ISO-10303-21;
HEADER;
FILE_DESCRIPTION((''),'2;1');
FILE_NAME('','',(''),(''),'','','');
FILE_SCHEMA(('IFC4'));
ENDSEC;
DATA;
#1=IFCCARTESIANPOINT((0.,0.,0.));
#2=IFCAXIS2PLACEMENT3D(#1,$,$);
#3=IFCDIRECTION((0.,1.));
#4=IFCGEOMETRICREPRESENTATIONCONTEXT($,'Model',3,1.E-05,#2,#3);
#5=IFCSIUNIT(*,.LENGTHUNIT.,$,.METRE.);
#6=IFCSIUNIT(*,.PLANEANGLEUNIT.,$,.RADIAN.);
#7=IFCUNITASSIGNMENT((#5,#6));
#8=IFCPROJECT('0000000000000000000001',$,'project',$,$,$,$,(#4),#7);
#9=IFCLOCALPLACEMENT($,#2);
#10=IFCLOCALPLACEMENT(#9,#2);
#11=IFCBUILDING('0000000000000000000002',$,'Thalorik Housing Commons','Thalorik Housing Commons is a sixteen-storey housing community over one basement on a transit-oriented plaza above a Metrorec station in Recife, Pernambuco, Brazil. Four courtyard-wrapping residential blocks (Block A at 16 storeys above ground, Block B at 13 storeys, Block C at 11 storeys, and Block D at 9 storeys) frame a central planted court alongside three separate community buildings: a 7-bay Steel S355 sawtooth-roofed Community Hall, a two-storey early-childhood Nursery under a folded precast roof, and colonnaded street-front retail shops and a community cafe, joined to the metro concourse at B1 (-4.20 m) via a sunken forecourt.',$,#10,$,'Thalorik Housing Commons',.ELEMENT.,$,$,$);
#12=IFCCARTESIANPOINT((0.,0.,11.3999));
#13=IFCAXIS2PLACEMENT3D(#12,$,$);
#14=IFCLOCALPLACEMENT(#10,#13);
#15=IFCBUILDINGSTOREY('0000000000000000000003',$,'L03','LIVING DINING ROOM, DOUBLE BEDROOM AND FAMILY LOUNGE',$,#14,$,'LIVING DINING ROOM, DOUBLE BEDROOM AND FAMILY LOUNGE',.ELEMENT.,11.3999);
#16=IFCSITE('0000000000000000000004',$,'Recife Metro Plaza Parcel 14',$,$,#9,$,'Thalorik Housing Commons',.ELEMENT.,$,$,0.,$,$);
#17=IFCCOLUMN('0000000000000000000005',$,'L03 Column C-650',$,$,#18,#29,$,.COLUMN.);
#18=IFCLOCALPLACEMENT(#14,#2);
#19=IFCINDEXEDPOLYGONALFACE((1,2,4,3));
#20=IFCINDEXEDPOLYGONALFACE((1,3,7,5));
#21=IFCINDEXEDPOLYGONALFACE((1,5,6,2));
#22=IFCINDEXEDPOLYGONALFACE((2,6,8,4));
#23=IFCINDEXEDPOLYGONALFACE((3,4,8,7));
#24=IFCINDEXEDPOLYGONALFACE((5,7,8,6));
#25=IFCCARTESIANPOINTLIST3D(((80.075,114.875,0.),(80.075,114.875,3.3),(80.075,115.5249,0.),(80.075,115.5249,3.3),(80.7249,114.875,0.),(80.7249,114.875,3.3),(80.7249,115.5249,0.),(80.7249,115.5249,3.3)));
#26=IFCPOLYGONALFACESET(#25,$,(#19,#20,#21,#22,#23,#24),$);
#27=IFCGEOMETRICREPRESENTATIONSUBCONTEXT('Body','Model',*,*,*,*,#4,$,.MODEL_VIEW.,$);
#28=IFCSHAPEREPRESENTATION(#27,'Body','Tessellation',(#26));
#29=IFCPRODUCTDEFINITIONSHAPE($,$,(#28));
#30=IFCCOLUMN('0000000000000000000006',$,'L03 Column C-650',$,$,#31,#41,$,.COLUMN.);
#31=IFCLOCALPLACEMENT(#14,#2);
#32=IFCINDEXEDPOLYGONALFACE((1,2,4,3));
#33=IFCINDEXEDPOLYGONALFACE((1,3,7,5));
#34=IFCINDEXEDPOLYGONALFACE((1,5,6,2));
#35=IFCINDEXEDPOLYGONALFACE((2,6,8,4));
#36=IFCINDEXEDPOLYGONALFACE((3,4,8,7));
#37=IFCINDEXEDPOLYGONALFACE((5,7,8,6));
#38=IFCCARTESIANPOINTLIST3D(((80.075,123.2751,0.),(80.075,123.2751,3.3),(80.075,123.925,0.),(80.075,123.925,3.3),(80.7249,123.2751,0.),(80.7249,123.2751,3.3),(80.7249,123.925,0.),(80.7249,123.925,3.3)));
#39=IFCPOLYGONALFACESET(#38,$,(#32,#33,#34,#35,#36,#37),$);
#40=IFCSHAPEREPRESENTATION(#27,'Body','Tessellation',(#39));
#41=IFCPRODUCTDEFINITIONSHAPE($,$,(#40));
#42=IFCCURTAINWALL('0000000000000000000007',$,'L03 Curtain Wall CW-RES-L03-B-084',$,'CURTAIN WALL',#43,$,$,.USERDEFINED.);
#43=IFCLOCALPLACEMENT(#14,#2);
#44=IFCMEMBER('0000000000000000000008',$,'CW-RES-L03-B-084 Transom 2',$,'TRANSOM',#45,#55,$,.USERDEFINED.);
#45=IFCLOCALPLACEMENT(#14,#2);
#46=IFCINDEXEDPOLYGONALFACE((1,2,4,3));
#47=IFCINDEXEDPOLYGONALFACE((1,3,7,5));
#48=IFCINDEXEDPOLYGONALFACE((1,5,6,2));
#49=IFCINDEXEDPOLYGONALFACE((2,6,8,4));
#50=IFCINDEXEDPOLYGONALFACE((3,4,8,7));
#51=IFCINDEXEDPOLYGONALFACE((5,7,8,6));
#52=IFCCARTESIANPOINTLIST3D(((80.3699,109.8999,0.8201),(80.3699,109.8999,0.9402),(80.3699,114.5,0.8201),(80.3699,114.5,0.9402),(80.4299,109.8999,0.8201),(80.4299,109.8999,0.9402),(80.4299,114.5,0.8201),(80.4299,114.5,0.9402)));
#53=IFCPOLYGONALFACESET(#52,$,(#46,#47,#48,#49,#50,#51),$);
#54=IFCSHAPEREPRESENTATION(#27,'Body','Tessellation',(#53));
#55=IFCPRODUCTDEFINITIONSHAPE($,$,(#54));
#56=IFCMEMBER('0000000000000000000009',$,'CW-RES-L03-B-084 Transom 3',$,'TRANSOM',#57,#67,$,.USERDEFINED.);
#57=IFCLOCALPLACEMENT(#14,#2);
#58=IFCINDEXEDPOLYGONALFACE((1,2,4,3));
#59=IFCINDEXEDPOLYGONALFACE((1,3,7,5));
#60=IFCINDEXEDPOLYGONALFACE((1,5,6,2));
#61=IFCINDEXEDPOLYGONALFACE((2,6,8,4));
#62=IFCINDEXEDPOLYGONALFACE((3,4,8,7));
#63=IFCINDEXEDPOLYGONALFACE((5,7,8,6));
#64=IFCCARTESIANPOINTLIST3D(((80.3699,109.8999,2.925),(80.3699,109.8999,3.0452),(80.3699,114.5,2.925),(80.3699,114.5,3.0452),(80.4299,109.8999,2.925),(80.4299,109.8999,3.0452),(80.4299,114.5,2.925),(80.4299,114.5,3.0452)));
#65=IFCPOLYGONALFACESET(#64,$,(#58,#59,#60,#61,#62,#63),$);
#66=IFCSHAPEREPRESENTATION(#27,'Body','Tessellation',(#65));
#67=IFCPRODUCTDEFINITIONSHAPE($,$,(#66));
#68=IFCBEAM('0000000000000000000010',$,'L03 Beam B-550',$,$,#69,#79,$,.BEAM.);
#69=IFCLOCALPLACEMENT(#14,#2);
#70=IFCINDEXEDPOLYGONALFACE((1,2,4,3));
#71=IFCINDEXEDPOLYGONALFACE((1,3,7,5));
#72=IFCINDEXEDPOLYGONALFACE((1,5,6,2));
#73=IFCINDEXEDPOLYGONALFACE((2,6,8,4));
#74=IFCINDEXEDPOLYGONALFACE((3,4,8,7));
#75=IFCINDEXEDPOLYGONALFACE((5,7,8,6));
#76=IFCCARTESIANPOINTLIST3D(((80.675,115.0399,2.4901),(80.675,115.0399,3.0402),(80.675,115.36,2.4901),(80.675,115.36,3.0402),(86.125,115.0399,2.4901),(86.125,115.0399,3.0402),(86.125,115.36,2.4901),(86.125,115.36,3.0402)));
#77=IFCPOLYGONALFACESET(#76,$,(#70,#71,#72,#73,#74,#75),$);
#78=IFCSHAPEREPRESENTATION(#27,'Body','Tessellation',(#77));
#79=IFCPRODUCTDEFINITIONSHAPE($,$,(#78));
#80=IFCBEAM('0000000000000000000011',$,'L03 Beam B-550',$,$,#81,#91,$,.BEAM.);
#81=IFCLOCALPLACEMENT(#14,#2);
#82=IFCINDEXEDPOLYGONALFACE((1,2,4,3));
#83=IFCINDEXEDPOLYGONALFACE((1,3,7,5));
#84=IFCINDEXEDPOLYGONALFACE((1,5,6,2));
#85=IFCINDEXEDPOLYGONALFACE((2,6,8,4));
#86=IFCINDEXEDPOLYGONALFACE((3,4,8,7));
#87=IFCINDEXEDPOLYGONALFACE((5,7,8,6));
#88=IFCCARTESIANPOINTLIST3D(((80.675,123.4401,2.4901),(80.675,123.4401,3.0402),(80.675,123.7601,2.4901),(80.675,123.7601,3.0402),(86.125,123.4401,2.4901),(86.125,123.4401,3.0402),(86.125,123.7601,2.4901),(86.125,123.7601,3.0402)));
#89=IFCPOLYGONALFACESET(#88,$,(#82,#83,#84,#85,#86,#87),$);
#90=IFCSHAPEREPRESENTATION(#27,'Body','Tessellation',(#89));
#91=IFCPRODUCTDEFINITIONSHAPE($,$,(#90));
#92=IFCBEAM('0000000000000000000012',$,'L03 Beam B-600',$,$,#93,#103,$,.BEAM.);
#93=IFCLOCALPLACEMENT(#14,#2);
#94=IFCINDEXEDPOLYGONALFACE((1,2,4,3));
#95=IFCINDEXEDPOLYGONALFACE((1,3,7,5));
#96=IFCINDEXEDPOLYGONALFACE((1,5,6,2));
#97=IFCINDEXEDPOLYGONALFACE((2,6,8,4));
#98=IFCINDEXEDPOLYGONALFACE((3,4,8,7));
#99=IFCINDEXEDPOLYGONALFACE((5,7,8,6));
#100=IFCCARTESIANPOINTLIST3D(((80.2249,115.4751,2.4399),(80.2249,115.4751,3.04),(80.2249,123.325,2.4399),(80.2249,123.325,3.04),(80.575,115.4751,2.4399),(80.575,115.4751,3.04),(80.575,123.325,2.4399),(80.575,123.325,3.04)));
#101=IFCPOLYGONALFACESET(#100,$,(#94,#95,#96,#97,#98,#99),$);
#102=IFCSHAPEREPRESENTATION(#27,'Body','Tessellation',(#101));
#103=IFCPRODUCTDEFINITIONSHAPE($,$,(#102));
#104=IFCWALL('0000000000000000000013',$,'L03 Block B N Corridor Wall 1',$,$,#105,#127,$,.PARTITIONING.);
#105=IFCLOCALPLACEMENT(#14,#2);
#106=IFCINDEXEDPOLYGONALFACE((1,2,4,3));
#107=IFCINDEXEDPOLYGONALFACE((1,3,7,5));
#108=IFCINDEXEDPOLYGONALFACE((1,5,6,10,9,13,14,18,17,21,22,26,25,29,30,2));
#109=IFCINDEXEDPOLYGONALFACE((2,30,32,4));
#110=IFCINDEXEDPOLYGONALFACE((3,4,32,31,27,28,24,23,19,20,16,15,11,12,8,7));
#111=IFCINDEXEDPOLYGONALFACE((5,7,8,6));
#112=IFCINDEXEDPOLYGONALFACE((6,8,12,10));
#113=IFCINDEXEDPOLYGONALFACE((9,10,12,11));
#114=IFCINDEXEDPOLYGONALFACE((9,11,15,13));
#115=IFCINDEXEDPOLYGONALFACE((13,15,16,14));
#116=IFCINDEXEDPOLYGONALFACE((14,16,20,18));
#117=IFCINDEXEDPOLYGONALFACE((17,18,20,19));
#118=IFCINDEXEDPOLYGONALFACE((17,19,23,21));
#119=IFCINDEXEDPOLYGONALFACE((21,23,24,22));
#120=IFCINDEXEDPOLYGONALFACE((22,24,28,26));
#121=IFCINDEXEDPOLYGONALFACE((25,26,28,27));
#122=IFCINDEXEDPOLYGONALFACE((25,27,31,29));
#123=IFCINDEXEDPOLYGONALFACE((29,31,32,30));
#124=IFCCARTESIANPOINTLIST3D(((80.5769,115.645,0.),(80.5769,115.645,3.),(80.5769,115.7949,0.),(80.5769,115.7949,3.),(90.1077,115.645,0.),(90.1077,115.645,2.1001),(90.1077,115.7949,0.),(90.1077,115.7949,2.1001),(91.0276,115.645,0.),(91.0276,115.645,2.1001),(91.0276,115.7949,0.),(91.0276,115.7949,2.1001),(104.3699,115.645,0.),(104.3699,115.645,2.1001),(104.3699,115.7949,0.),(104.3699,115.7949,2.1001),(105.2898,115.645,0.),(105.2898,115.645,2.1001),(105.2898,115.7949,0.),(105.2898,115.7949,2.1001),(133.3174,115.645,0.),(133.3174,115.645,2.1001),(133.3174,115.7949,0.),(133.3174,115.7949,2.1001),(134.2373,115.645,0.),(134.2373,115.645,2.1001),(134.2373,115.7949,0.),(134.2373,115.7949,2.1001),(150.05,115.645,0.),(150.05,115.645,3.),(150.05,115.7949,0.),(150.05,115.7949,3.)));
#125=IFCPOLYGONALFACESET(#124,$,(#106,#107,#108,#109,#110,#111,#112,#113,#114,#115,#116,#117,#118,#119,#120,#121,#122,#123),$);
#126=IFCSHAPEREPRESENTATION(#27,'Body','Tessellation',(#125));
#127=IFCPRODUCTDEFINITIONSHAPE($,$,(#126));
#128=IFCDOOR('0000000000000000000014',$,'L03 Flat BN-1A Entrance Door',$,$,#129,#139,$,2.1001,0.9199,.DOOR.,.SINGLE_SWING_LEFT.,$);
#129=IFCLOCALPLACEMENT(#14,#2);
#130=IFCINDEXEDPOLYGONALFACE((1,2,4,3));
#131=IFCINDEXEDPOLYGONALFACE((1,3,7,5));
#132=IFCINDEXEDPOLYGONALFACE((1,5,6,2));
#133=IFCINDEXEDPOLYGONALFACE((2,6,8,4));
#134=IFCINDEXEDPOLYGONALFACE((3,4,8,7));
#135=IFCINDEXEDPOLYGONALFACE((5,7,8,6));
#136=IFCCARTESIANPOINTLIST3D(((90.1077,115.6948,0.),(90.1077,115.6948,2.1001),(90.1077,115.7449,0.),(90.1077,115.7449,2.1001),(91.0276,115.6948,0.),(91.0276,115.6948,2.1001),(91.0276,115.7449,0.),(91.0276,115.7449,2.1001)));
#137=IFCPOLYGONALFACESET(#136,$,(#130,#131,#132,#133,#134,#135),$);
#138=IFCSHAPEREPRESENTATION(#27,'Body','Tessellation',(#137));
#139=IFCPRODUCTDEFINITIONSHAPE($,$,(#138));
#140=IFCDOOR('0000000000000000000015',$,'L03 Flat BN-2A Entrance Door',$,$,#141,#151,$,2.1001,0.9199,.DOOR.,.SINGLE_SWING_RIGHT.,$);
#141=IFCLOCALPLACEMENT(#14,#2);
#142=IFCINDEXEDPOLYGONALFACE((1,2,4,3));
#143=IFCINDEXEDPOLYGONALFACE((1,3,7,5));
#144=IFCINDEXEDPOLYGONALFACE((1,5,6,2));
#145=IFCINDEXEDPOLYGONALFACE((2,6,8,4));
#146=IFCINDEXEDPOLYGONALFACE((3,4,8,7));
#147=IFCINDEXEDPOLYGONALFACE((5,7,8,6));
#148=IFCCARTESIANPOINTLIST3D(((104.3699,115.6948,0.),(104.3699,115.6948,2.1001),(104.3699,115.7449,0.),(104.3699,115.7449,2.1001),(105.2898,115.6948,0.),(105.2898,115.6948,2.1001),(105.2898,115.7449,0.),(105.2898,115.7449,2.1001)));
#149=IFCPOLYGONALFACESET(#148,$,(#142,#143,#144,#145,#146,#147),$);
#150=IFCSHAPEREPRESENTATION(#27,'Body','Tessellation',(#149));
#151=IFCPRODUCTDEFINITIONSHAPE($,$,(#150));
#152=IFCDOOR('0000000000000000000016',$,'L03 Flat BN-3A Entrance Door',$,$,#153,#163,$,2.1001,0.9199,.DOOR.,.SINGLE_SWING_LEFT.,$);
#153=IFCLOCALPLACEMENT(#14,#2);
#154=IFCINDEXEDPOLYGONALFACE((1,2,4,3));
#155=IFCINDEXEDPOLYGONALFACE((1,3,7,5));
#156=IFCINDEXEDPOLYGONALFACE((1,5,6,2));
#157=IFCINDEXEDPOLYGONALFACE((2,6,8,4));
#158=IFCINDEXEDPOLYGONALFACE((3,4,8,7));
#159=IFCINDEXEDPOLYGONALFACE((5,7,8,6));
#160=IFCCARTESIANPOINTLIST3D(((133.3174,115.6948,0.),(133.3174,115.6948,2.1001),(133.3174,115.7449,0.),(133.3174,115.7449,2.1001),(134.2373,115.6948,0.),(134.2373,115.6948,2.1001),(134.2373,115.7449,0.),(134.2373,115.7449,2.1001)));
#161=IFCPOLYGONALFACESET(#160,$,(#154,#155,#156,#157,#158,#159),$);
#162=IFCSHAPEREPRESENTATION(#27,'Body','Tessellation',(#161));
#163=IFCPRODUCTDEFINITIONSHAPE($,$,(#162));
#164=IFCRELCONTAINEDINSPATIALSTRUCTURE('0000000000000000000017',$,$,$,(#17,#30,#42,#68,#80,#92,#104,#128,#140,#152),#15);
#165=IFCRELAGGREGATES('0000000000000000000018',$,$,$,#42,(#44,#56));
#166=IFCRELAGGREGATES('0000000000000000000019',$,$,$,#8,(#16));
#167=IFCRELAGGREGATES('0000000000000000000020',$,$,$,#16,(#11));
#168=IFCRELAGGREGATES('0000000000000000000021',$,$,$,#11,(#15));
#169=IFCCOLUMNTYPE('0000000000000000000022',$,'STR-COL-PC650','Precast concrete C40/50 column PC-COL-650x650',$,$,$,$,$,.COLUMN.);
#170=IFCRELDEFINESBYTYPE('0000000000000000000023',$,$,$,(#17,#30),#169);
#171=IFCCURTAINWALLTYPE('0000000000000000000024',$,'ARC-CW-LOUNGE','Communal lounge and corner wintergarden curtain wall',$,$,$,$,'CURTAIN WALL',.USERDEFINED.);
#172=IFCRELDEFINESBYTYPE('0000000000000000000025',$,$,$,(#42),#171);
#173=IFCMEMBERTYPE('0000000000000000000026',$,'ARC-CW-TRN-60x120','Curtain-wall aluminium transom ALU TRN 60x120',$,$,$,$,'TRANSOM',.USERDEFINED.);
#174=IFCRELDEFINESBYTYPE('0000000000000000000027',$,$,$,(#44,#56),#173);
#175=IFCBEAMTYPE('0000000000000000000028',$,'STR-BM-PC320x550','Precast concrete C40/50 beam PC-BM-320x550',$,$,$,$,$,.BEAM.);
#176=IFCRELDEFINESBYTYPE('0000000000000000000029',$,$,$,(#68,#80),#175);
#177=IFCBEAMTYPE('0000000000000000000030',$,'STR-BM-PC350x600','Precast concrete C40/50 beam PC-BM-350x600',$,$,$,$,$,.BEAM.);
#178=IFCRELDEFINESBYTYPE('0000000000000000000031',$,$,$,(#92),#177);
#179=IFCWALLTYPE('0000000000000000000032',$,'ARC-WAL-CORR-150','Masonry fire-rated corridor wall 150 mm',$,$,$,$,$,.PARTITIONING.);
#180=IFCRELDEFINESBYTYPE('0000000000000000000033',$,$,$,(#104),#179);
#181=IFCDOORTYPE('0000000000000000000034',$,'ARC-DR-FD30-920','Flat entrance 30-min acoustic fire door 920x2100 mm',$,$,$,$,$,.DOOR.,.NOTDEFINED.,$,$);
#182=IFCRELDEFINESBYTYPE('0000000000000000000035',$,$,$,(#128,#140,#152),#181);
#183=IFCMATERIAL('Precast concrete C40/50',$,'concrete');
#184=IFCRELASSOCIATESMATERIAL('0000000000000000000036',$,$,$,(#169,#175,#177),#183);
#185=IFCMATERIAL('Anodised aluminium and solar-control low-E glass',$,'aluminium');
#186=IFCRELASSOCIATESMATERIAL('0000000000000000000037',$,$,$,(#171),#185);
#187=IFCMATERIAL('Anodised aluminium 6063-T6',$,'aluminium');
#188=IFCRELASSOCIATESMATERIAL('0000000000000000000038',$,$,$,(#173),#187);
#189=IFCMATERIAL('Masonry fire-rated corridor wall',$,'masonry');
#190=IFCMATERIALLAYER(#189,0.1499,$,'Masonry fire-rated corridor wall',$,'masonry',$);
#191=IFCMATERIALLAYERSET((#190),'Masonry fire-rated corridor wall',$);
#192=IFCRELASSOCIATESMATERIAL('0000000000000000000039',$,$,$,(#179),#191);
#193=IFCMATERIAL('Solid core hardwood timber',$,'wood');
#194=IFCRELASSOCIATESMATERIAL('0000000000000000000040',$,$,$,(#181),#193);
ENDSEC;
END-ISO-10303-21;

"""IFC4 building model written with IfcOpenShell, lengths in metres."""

from ifc_helpers import new_model, si_unit, direction, frame, frame_2d, origin, origin_2d, place, context, subcontext, project, spatial, rectangle, extrude, material, layer, layer_set, material_profile, profile_set, type_object, element, fill, aggregate, save


model = new_model("IFC4")

# Units and contexts
model_context = context("Model", 3, precision=1e-05, world=origin(), true_north=direction((0.0, 1.0)))
body_context = subcontext(model_context, "Body", "Model", "MODEL_VIEW")
ifc_project = project(units=[si_unit("LENGTHUNIT", "METRE"), si_unit("PLANEANGLEUNIT", "RADIAN")], contexts=[model_context])

# Site, building, storey
site_placement = place(None, origin())
site = spatial("IfcSite", under=ifc_project, at=site_placement, Name="Recife Metro Plaza Parcel 14", LongName="Thalorik Housing Commons", CompositionType="ELEMENT", RefElevation=0.0)
building_placement = place(site_placement, origin())
building = spatial("IfcBuilding", under=site, at=building_placement, Name="Thalorik Housing Commons", Description="Thalorik Housing Commons is a sixteen-storey housing community over one basement on a transit-oriented plaza above a Metrorec station in Recife, Pernambuco, Brazil. Four courtyard-wrapping residential blocks (Block A at 16 storeys above ground, Block B at 13 storeys, Block C at 11 storeys, and Block D at 9 storeys) frame a central planted court alongside three separate community buildings: a 7-bay Steel S355 sawtooth-roofed Community Hall, a two-storey early-childhood Nursery under a folded precast roof, and colonnaded street-front retail shops and a community cafe, joined to the metro concourse at B1 (-4.20 m) via a sunken forecourt.", LongName="Thalorik Housing Commons", CompositionType="ELEMENT")
storey_placement = place(building_placement, frame((0.0, 0.0, 11.3999)))
storey = spatial("IfcBuildingStorey", under=building, at=storey_placement, Name="L03", Description="LIVING DINING ROOM, DOUBLE BEDROOM AND FAMILY LOUNGE", LongName="LIVING DINING ROOM, DOUBLE BEDROOM AND FAMILY LOUNGE", CompositionType="ELEMENT", Elevation=11.3999)

# Columns
ifc_material_1 = material(Name="Precast concrete C40/50", Category="concrete")
ifc_material_profile_1 = material_profile(ifc_material_1, rectangle(XDim=0.6499, YDim=0.6499, at=origin_2d()), Name="PC 650x650", Category="concrete")
ifc_profile_set_1 = profile_set([ifc_material_profile_1], Name="Precast concrete C40/50")
column_type = type_object("IfcColumnType", Name="STR-COL-PC650", Description="Precast concrete C40/50 column PC-COL-650x650", PredefinedType="COLUMN", material=ifc_profile_set_1)
for number, where, z_axis, x_axis, name in (
    (1, (80.3999, 115.2, 0.0), (0.0, 0.0, 1.0), (1.0, 0.0, 0.0), "L03 Column C-650"),
    (2, (80.3999, 123.6001, 0.0), (0.0, 0.0, 1.0), (1.0, 0.0, 0.0), "L03 Column C-650"),
):
    element("IfcColumn", number, at=place(storey_placement, frame(where, z_axis=z_axis, x_axis=x_axis)), inside=storey, type_object=column_type, Name=name, PredefinedType="COLUMN", context=body_context, shape_type="SweptSolid", body=[
        extrude(rectangle(XDim=0.6499, YDim=0.6499, at=origin_2d()), origin(), (0.0, 0.0, 1.0), 3.3),
    ])

# Curtain wall, members
ifc_material_2 = material(Name="Anodised aluminium and solar-control low-E glass", Category="aluminium")
curtain_wall_type = type_object("IfcCurtainWallType", Name="ARC-CW-LOUNGE", Description="Communal lounge and corner wintergarden curtain wall", ElementType="CURTAIN WALL", PredefinedType="USERDEFINED", material=ifc_material_2)
curtain_wall_placement = place(storey_placement, origin())
curtain_wall = element("IfcCurtainWall", 3, at=curtain_wall_placement, inside=storey, type_object=curtain_wall_type, Name="L03 Curtain Wall CW-RES-L03-B-084", ObjectType="CURTAIN WALL", PredefinedType="USERDEFINED")
ifc_material_3 = material(Name="Anodised aluminium 6063-T6", Category="aluminium")
ifc_material_profile_2 = material_profile(ifc_material_3, rectangle(XDim=0.0601, YDim=0.1201, at=origin_2d()), Name="ALU TRN 60x120", Category="aluminium")
ifc_profile_set_2 = profile_set([ifc_material_profile_2], Name="Anodised aluminium 6063-T6")
member_type = type_object("IfcMemberType", Name="ARC-CW-TRN-60x120", Description="Curtain-wall aluminium transom ALU TRN 60x120", ElementType="TRANSOM", PredefinedType="USERDEFINED", material=ifc_profile_set_2)
member_1_placement = place(storey_placement, frame((80.3999, 114.5, 0.8801), z_axis=(0.0, -1.0, 0.0), x_axis=(1.0, 0.0, 0.0)))
member_1 = element("IfcMember", 4, at=member_1_placement, type_object=member_type, Name="CW-RES-L03-B-084 Transom 2", ObjectType="TRANSOM", PredefinedType="USERDEFINED", context=body_context, shape_type="SweptSolid", body=[
    extrude(rectangle(XDim=0.0601, YDim=0.1201, at=origin_2d()), origin(), (0.0, 0.0, 1.0), 4.6001),
])
member_2_placement = place(storey_placement, frame((80.3999, 114.5, 2.9851), z_axis=(0.0, -1.0, 0.0), x_axis=(1.0, 0.0, 0.0)))
member_2 = element("IfcMember", 5, at=member_2_placement, type_object=member_type, Name="CW-RES-L03-B-084 Transom 3", ObjectType="TRANSOM", PredefinedType="USERDEFINED", context=body_context, shape_type="SweptSolid", body=[
    extrude(rectangle(XDim=0.0601, YDim=0.1201, at=origin_2d()), origin(), (0.0, 0.0, 1.0), 4.6001),
])
aggregate(curtain_wall, [member_1, member_2])

# Beams
ifc_material_profile_3 = material_profile(ifc_material_1, rectangle(XDim=0.3201, YDim=0.55, at=origin_2d()), Name="PC 320x550", Category="concrete")
ifc_profile_set_3 = profile_set([ifc_material_profile_3], Name="Precast concrete C40/50")
beam_type_1 = type_object("IfcBeamType", Name="STR-BM-PC320x550", Description="Precast concrete C40/50 beam PC-BM-320x550", PredefinedType="BEAM", material=ifc_profile_set_3)
for number, where, z_axis, x_axis, name in (
    (6, (80.675, 115.2, 2.7651), (1.0, 0.0, 0.0), (0.0, 1.0, 0.0), "L03 Beam B-550"),
    (7, (80.675, 123.6001, 2.7651), (1.0, 0.0, 0.0), (0.0, 1.0, 0.0), "L03 Beam B-550"),
):
    element("IfcBeam", number, at=place(storey_placement, frame(where, z_axis=z_axis, x_axis=x_axis)), inside=storey, type_object=beam_type_1, Name=name, PredefinedType="BEAM", context=body_context, shape_type="SweptSolid", body=[
        extrude(rectangle(XDim=0.3201, YDim=0.55, at=origin_2d()), origin(), (0.0, 0.0, 1.0), 5.45),
    ])
ifc_material_profile_4 = material_profile(ifc_material_1, rectangle(XDim=0.3501, YDim=0.6001, at=origin_2d()), Name="PC 350x600", Category="concrete")
ifc_profile_set_4 = profile_set([ifc_material_profile_4], Name="Precast concrete C40/50")
beam_type_2 = type_object("IfcBeamType", Name="STR-BM-PC350x600", Description="Precast concrete C40/50 beam PC-BM-350x600", PredefinedType="BEAM", material=ifc_profile_set_4)
beam_placement = place(storey_placement, frame((80.3999, 115.4751, 2.74), z_axis=(0.0, 1.0, 0.0), x_axis=(-1.0, 0.0, 0.0)))
element("IfcBeam", 8, at=beam_placement, inside=storey, type_object=beam_type_2, Name="L03 Beam B-600", PredefinedType="BEAM", context=body_context, shape_type="SweptSolid", body=[
    extrude(rectangle(XDim=0.3501, YDim=0.6001, at=origin_2d()), origin(), (0.0, 0.0, 1.0), 7.8499),
])

# Wall, openings, doors
ifc_material_4 = material(Name="Masonry fire-rated corridor wall", Category="masonry")
ifc_layer_1 = layer(ifc_material_4, 0.1499, Name="Masonry fire-rated corridor wall", Category="masonry")
ifc_layer_set_1 = layer_set([ifc_layer_1], Name="Masonry fire-rated corridor wall")
wall_type_1 = type_object("IfcWallType", Name="ARC-WAL-CORR-150", Description="Masonry fire-rated corridor wall 150 mm", PredefinedType="PARTITIONING", material=ifc_layer_set_1)
wall_1_placement = place(storey_placement, frame((80.5769, 115.72, 0.0), z_axis=(0.0, 0.0, 1.0), x_axis=(1.0, 0.0, 0.0)))
wall_1 = element("IfcWall", 9, at=wall_1_placement, inside=storey, type_object=wall_type_1, Name="L03 Block B N Corridor Wall 1", PredefinedType="PARTITIONING", context=body_context, shape_type="SweptSolid", body=[
    extrude(rectangle(XDim=69.4731, YDim=0.1499, at=frame_2d((34.7366, 0.0))), origin(), (0.0, 0.0, 1.0), 3.0),
])
opening_1_placement = place(wall_1_placement, frame((9.5308, 0.0, 0.0)))
opening_1 = element("IfcOpeningElement", 10, at=opening_1_placement, cuts=wall_1, PredefinedType="OPENING", context=body_context, shape_type="SweptSolid", body=[
    extrude(rectangle(XDim=0.9199, YDim=2.1001, at=frame_2d((0.46, 1.05))), frame((0.0, 0.085, 0.0), z_axis=(0.0, -1.0, 0.0), x_axis=(1.0, 0.0, 0.0)), (0.0, 0.0, 1.0), 0.1699),
])
opening_2_placement = place(wall_1_placement, frame((23.793, 0.0, 0.0)))
opening_2 = element("IfcOpeningElement", 11, at=opening_2_placement, cuts=wall_1, PredefinedType="OPENING", context=body_context, shape_type="SweptSolid", body=[
    extrude(rectangle(XDim=0.9199, YDim=2.1001, at=frame_2d((0.46, 1.05))), frame((0.0, 0.085, 0.0), z_axis=(0.0, -1.0, 0.0), x_axis=(1.0, 0.0, 0.0)), (0.0, 0.0, 1.0), 0.1699),
])
opening_3_placement = place(wall_1_placement, frame((52.7405, 0.0, 0.0)))
opening_3 = element("IfcOpeningElement", 12, at=opening_3_placement, cuts=wall_1, PredefinedType="OPENING", context=body_context, shape_type="SweptSolid", body=[
    extrude(rectangle(XDim=0.9199, YDim=2.1001, at=frame_2d((0.46, 1.05))), frame((0.0, 0.085, 0.0), z_axis=(0.0, -1.0, 0.0), x_axis=(1.0, 0.0, 0.0)), (0.0, 0.0, 1.0), 0.1699),
])
ifc_material_5 = material(Name="Solid core hardwood timber", Category="wood")
door_type_1 = type_object("IfcDoorType", Name="ARC-DR-FD30-920", Description="Flat entrance 30-min acoustic fire door 920x2100 mm", OperationType="NOTDEFINED", PredefinedType="DOOR", material=ifc_material_5)
door_1_placement = place(opening_1_placement, origin())
door_1 = element("IfcDoor", 13, at=door_1_placement, inside=storey, type_object=door_type_1, Name="L03 Flat BN-1A Entrance Door", OperationType="SINGLE_SWING_LEFT", OverallHeight=2.1001, OverallWidth=0.9199, PredefinedType="DOOR", context=body_context, shape_type="SweptSolid", body=[
    extrude(rectangle(XDim=0.9199, YDim=2.1001, at=frame_2d((0.46, 1.05))), frame((0.0, 0.0249, 0.0), z_axis=(0.0, -1.0, 0.0), x_axis=(1.0, 0.0, 0.0)), (0.0, 0.0, 1.0), 0.05),
])
fill(opening_1, door_1)
door_2_placement = place(opening_2_placement, origin())
door_2 = element("IfcDoor", 14, at=door_2_placement, inside=storey, type_object=door_type_1, Name="L03 Flat BN-2A Entrance Door", OperationType="SINGLE_SWING_RIGHT", OverallHeight=2.1001, OverallWidth=0.9199, PredefinedType="DOOR", context=body_context, shape_type="SweptSolid", body=[
    extrude(rectangle(XDim=0.9199, YDim=2.1001, at=frame_2d((0.46, 1.05))), frame((0.0, 0.0249, 0.0), z_axis=(0.0, -1.0, 0.0), x_axis=(1.0, 0.0, 0.0)), (0.0, 0.0, 1.0), 0.05),
])
fill(opening_2, door_2)
door_3_placement = place(opening_3_placement, origin())
door_3 = element("IfcDoor", 15, at=door_3_placement, inside=storey, type_object=door_type_1, Name="L03 Flat BN-3A Entrance Door", OperationType="SINGLE_SWING_LEFT", OverallHeight=2.1001, OverallWidth=0.9199, PredefinedType="DOOR", context=body_context, shape_type="SweptSolid", body=[
    extrude(rectangle(XDim=0.9199, YDim=2.1001, at=frame_2d((0.46, 1.05))), frame((0.0, 0.0249, 0.0), z_axis=(0.0, -1.0, 0.0), x_axis=(1.0, 0.0, 0.0)), (0.0, 0.0, 1.0), 0.05),
])
fill(opening_3, door_3)

save(model, "model.ifc")
